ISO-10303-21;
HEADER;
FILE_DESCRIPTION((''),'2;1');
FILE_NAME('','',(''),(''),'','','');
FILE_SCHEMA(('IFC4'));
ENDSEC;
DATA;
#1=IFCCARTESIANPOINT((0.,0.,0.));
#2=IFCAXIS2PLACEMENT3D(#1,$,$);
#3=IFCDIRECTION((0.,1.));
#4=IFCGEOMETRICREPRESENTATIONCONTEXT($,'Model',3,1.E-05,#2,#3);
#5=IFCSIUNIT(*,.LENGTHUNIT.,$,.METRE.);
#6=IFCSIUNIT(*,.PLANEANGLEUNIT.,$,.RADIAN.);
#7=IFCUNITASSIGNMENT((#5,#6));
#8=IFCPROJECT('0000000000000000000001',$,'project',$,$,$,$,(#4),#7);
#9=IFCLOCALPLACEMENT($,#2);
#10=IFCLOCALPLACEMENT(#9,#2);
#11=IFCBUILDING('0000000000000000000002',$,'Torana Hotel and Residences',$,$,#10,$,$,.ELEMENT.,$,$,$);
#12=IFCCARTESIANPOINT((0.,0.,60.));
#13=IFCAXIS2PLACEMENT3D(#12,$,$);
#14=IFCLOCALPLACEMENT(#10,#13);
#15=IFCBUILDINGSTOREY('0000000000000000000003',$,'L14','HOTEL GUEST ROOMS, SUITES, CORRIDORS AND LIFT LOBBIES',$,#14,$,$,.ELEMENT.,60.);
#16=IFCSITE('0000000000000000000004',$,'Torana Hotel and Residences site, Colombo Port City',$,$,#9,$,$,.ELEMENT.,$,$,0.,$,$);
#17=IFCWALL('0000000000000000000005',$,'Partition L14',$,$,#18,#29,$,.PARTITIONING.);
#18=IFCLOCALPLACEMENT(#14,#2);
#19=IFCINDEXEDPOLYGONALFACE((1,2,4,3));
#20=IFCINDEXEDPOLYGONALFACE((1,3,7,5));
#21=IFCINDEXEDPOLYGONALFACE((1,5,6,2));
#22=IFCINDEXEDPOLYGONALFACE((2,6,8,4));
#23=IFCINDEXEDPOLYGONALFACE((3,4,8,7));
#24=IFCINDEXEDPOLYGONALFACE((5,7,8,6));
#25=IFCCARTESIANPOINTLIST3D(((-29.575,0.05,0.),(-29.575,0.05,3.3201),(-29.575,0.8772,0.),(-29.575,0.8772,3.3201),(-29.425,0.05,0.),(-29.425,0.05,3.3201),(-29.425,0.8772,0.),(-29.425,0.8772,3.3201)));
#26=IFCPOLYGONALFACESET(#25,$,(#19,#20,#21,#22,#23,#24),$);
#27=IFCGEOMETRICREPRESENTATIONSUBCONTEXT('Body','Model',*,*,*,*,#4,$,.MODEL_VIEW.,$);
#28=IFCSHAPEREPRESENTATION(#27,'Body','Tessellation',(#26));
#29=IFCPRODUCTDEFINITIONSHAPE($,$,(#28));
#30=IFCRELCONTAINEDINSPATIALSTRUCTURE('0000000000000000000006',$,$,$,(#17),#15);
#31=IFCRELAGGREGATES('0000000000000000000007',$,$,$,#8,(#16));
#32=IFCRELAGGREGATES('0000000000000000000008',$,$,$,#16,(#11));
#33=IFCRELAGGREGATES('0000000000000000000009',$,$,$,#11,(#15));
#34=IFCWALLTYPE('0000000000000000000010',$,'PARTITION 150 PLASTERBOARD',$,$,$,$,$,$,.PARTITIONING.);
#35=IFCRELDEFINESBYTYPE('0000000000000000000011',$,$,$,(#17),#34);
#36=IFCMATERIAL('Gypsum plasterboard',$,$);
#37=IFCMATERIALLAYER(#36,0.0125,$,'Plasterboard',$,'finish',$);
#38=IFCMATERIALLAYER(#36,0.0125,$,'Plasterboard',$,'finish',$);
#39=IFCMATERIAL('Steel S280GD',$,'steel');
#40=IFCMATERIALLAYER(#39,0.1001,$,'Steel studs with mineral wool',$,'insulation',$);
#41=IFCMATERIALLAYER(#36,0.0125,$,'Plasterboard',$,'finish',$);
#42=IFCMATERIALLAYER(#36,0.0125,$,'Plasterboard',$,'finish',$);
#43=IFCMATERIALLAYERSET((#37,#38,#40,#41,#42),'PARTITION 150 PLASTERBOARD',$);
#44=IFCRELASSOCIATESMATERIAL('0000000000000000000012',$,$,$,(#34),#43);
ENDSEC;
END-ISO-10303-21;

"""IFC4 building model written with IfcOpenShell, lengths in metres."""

from ifc_helpers import new_model, si_unit, direction, frame, frame_2d, origin, place, context, subcontext, project, spatial, rectangle, extrude, material, layer, layer_set, type_object, element, save


model = new_model("IFC4")

# Units and contexts
model_context = context("Model", 3, precision=1e-05, world=origin(), true_north=direction((0.0, 1.0)))
body_context = subcontext(model_context, "Body", "Model", "MODEL_VIEW")
ifc_project = project(units=[si_unit("LENGTHUNIT", "METRE"), si_unit("PLANEANGLEUNIT", "RADIAN")], contexts=[model_context])

# Site, building, storey
site_placement = place(None, origin())
site = spatial("IfcSite", under=ifc_project, at=site_placement, Name="Torana Hotel and Residences site, Colombo Port City", CompositionType="ELEMENT", RefElevation=0.0)
building_placement = place(site_placement, origin())
building = spatial("IfcBuilding", under=site, at=building_placement, Name="Torana Hotel and Residences", CompositionType="ELEMENT")
storey_placement = place(building_placement, frame((0.0, 0.0, 60.0)))
storey = spatial("IfcBuildingStorey", under=building, at=storey_placement, Name="L14", Description="HOTEL GUEST ROOMS, SUITES, CORRIDORS AND LIFT LOBBIES", CompositionType="ELEMENT", Elevation=60.0)

# Shared definitions
ifc_material_1 = material(Name="Steel S280GD", Category="steel")

# Wall
ifc_material_2 = material(Name="Gypsum plasterboard")
ifc_layer_1 = layer(ifc_material_2, 0.0125, Name="Plasterboard", Category="finish")
ifc_layer_2 = layer(ifc_material_2, 0.0125, Name="Plasterboard", Category="finish")
ifc_layer_3 = layer(ifc_material_1, 0.1001, Name="Steel studs with mineral wool", Category="insulation")
ifc_layer_4 = layer(ifc_material_2, 0.0125, Name="Plasterboard", Category="finish")
ifc_layer_5 = layer(ifc_material_2, 0.0125, Name="Plasterboard", Category="finish")
ifc_layer_set_1 = layer_set([ifc_layer_1, ifc_layer_2, ifc_layer_3, ifc_layer_4, ifc_layer_5], Name="PARTITION 150 PLASTERBOARD")
wall_type_1 = type_object("IfcWallType", Name="PARTITION 150 PLASTERBOARD", PredefinedType="PARTITIONING", material=ifc_layer_set_1)
wall_1_placement = place(storey_placement, frame((-29.5, 0.05, 0.0), z_axis=(0.0, 0.0, 1.0), x_axis=(0.0, 1.0, 0.0)))
element("IfcWall", 1, at=wall_1_placement, inside=storey, type_object=wall_type_1, Name="Partition L14", PredefinedType="PARTITIONING", context=body_context, shape_type="SweptSolid", body=[
    extrude(rectangle(XDim=0.8271, YDim=0.1499, at=frame_2d((0.4136, 0.0))), origin(), (0.0, 0.0, 1.0), 3.3201),
])

save(model, "model.ifc")
